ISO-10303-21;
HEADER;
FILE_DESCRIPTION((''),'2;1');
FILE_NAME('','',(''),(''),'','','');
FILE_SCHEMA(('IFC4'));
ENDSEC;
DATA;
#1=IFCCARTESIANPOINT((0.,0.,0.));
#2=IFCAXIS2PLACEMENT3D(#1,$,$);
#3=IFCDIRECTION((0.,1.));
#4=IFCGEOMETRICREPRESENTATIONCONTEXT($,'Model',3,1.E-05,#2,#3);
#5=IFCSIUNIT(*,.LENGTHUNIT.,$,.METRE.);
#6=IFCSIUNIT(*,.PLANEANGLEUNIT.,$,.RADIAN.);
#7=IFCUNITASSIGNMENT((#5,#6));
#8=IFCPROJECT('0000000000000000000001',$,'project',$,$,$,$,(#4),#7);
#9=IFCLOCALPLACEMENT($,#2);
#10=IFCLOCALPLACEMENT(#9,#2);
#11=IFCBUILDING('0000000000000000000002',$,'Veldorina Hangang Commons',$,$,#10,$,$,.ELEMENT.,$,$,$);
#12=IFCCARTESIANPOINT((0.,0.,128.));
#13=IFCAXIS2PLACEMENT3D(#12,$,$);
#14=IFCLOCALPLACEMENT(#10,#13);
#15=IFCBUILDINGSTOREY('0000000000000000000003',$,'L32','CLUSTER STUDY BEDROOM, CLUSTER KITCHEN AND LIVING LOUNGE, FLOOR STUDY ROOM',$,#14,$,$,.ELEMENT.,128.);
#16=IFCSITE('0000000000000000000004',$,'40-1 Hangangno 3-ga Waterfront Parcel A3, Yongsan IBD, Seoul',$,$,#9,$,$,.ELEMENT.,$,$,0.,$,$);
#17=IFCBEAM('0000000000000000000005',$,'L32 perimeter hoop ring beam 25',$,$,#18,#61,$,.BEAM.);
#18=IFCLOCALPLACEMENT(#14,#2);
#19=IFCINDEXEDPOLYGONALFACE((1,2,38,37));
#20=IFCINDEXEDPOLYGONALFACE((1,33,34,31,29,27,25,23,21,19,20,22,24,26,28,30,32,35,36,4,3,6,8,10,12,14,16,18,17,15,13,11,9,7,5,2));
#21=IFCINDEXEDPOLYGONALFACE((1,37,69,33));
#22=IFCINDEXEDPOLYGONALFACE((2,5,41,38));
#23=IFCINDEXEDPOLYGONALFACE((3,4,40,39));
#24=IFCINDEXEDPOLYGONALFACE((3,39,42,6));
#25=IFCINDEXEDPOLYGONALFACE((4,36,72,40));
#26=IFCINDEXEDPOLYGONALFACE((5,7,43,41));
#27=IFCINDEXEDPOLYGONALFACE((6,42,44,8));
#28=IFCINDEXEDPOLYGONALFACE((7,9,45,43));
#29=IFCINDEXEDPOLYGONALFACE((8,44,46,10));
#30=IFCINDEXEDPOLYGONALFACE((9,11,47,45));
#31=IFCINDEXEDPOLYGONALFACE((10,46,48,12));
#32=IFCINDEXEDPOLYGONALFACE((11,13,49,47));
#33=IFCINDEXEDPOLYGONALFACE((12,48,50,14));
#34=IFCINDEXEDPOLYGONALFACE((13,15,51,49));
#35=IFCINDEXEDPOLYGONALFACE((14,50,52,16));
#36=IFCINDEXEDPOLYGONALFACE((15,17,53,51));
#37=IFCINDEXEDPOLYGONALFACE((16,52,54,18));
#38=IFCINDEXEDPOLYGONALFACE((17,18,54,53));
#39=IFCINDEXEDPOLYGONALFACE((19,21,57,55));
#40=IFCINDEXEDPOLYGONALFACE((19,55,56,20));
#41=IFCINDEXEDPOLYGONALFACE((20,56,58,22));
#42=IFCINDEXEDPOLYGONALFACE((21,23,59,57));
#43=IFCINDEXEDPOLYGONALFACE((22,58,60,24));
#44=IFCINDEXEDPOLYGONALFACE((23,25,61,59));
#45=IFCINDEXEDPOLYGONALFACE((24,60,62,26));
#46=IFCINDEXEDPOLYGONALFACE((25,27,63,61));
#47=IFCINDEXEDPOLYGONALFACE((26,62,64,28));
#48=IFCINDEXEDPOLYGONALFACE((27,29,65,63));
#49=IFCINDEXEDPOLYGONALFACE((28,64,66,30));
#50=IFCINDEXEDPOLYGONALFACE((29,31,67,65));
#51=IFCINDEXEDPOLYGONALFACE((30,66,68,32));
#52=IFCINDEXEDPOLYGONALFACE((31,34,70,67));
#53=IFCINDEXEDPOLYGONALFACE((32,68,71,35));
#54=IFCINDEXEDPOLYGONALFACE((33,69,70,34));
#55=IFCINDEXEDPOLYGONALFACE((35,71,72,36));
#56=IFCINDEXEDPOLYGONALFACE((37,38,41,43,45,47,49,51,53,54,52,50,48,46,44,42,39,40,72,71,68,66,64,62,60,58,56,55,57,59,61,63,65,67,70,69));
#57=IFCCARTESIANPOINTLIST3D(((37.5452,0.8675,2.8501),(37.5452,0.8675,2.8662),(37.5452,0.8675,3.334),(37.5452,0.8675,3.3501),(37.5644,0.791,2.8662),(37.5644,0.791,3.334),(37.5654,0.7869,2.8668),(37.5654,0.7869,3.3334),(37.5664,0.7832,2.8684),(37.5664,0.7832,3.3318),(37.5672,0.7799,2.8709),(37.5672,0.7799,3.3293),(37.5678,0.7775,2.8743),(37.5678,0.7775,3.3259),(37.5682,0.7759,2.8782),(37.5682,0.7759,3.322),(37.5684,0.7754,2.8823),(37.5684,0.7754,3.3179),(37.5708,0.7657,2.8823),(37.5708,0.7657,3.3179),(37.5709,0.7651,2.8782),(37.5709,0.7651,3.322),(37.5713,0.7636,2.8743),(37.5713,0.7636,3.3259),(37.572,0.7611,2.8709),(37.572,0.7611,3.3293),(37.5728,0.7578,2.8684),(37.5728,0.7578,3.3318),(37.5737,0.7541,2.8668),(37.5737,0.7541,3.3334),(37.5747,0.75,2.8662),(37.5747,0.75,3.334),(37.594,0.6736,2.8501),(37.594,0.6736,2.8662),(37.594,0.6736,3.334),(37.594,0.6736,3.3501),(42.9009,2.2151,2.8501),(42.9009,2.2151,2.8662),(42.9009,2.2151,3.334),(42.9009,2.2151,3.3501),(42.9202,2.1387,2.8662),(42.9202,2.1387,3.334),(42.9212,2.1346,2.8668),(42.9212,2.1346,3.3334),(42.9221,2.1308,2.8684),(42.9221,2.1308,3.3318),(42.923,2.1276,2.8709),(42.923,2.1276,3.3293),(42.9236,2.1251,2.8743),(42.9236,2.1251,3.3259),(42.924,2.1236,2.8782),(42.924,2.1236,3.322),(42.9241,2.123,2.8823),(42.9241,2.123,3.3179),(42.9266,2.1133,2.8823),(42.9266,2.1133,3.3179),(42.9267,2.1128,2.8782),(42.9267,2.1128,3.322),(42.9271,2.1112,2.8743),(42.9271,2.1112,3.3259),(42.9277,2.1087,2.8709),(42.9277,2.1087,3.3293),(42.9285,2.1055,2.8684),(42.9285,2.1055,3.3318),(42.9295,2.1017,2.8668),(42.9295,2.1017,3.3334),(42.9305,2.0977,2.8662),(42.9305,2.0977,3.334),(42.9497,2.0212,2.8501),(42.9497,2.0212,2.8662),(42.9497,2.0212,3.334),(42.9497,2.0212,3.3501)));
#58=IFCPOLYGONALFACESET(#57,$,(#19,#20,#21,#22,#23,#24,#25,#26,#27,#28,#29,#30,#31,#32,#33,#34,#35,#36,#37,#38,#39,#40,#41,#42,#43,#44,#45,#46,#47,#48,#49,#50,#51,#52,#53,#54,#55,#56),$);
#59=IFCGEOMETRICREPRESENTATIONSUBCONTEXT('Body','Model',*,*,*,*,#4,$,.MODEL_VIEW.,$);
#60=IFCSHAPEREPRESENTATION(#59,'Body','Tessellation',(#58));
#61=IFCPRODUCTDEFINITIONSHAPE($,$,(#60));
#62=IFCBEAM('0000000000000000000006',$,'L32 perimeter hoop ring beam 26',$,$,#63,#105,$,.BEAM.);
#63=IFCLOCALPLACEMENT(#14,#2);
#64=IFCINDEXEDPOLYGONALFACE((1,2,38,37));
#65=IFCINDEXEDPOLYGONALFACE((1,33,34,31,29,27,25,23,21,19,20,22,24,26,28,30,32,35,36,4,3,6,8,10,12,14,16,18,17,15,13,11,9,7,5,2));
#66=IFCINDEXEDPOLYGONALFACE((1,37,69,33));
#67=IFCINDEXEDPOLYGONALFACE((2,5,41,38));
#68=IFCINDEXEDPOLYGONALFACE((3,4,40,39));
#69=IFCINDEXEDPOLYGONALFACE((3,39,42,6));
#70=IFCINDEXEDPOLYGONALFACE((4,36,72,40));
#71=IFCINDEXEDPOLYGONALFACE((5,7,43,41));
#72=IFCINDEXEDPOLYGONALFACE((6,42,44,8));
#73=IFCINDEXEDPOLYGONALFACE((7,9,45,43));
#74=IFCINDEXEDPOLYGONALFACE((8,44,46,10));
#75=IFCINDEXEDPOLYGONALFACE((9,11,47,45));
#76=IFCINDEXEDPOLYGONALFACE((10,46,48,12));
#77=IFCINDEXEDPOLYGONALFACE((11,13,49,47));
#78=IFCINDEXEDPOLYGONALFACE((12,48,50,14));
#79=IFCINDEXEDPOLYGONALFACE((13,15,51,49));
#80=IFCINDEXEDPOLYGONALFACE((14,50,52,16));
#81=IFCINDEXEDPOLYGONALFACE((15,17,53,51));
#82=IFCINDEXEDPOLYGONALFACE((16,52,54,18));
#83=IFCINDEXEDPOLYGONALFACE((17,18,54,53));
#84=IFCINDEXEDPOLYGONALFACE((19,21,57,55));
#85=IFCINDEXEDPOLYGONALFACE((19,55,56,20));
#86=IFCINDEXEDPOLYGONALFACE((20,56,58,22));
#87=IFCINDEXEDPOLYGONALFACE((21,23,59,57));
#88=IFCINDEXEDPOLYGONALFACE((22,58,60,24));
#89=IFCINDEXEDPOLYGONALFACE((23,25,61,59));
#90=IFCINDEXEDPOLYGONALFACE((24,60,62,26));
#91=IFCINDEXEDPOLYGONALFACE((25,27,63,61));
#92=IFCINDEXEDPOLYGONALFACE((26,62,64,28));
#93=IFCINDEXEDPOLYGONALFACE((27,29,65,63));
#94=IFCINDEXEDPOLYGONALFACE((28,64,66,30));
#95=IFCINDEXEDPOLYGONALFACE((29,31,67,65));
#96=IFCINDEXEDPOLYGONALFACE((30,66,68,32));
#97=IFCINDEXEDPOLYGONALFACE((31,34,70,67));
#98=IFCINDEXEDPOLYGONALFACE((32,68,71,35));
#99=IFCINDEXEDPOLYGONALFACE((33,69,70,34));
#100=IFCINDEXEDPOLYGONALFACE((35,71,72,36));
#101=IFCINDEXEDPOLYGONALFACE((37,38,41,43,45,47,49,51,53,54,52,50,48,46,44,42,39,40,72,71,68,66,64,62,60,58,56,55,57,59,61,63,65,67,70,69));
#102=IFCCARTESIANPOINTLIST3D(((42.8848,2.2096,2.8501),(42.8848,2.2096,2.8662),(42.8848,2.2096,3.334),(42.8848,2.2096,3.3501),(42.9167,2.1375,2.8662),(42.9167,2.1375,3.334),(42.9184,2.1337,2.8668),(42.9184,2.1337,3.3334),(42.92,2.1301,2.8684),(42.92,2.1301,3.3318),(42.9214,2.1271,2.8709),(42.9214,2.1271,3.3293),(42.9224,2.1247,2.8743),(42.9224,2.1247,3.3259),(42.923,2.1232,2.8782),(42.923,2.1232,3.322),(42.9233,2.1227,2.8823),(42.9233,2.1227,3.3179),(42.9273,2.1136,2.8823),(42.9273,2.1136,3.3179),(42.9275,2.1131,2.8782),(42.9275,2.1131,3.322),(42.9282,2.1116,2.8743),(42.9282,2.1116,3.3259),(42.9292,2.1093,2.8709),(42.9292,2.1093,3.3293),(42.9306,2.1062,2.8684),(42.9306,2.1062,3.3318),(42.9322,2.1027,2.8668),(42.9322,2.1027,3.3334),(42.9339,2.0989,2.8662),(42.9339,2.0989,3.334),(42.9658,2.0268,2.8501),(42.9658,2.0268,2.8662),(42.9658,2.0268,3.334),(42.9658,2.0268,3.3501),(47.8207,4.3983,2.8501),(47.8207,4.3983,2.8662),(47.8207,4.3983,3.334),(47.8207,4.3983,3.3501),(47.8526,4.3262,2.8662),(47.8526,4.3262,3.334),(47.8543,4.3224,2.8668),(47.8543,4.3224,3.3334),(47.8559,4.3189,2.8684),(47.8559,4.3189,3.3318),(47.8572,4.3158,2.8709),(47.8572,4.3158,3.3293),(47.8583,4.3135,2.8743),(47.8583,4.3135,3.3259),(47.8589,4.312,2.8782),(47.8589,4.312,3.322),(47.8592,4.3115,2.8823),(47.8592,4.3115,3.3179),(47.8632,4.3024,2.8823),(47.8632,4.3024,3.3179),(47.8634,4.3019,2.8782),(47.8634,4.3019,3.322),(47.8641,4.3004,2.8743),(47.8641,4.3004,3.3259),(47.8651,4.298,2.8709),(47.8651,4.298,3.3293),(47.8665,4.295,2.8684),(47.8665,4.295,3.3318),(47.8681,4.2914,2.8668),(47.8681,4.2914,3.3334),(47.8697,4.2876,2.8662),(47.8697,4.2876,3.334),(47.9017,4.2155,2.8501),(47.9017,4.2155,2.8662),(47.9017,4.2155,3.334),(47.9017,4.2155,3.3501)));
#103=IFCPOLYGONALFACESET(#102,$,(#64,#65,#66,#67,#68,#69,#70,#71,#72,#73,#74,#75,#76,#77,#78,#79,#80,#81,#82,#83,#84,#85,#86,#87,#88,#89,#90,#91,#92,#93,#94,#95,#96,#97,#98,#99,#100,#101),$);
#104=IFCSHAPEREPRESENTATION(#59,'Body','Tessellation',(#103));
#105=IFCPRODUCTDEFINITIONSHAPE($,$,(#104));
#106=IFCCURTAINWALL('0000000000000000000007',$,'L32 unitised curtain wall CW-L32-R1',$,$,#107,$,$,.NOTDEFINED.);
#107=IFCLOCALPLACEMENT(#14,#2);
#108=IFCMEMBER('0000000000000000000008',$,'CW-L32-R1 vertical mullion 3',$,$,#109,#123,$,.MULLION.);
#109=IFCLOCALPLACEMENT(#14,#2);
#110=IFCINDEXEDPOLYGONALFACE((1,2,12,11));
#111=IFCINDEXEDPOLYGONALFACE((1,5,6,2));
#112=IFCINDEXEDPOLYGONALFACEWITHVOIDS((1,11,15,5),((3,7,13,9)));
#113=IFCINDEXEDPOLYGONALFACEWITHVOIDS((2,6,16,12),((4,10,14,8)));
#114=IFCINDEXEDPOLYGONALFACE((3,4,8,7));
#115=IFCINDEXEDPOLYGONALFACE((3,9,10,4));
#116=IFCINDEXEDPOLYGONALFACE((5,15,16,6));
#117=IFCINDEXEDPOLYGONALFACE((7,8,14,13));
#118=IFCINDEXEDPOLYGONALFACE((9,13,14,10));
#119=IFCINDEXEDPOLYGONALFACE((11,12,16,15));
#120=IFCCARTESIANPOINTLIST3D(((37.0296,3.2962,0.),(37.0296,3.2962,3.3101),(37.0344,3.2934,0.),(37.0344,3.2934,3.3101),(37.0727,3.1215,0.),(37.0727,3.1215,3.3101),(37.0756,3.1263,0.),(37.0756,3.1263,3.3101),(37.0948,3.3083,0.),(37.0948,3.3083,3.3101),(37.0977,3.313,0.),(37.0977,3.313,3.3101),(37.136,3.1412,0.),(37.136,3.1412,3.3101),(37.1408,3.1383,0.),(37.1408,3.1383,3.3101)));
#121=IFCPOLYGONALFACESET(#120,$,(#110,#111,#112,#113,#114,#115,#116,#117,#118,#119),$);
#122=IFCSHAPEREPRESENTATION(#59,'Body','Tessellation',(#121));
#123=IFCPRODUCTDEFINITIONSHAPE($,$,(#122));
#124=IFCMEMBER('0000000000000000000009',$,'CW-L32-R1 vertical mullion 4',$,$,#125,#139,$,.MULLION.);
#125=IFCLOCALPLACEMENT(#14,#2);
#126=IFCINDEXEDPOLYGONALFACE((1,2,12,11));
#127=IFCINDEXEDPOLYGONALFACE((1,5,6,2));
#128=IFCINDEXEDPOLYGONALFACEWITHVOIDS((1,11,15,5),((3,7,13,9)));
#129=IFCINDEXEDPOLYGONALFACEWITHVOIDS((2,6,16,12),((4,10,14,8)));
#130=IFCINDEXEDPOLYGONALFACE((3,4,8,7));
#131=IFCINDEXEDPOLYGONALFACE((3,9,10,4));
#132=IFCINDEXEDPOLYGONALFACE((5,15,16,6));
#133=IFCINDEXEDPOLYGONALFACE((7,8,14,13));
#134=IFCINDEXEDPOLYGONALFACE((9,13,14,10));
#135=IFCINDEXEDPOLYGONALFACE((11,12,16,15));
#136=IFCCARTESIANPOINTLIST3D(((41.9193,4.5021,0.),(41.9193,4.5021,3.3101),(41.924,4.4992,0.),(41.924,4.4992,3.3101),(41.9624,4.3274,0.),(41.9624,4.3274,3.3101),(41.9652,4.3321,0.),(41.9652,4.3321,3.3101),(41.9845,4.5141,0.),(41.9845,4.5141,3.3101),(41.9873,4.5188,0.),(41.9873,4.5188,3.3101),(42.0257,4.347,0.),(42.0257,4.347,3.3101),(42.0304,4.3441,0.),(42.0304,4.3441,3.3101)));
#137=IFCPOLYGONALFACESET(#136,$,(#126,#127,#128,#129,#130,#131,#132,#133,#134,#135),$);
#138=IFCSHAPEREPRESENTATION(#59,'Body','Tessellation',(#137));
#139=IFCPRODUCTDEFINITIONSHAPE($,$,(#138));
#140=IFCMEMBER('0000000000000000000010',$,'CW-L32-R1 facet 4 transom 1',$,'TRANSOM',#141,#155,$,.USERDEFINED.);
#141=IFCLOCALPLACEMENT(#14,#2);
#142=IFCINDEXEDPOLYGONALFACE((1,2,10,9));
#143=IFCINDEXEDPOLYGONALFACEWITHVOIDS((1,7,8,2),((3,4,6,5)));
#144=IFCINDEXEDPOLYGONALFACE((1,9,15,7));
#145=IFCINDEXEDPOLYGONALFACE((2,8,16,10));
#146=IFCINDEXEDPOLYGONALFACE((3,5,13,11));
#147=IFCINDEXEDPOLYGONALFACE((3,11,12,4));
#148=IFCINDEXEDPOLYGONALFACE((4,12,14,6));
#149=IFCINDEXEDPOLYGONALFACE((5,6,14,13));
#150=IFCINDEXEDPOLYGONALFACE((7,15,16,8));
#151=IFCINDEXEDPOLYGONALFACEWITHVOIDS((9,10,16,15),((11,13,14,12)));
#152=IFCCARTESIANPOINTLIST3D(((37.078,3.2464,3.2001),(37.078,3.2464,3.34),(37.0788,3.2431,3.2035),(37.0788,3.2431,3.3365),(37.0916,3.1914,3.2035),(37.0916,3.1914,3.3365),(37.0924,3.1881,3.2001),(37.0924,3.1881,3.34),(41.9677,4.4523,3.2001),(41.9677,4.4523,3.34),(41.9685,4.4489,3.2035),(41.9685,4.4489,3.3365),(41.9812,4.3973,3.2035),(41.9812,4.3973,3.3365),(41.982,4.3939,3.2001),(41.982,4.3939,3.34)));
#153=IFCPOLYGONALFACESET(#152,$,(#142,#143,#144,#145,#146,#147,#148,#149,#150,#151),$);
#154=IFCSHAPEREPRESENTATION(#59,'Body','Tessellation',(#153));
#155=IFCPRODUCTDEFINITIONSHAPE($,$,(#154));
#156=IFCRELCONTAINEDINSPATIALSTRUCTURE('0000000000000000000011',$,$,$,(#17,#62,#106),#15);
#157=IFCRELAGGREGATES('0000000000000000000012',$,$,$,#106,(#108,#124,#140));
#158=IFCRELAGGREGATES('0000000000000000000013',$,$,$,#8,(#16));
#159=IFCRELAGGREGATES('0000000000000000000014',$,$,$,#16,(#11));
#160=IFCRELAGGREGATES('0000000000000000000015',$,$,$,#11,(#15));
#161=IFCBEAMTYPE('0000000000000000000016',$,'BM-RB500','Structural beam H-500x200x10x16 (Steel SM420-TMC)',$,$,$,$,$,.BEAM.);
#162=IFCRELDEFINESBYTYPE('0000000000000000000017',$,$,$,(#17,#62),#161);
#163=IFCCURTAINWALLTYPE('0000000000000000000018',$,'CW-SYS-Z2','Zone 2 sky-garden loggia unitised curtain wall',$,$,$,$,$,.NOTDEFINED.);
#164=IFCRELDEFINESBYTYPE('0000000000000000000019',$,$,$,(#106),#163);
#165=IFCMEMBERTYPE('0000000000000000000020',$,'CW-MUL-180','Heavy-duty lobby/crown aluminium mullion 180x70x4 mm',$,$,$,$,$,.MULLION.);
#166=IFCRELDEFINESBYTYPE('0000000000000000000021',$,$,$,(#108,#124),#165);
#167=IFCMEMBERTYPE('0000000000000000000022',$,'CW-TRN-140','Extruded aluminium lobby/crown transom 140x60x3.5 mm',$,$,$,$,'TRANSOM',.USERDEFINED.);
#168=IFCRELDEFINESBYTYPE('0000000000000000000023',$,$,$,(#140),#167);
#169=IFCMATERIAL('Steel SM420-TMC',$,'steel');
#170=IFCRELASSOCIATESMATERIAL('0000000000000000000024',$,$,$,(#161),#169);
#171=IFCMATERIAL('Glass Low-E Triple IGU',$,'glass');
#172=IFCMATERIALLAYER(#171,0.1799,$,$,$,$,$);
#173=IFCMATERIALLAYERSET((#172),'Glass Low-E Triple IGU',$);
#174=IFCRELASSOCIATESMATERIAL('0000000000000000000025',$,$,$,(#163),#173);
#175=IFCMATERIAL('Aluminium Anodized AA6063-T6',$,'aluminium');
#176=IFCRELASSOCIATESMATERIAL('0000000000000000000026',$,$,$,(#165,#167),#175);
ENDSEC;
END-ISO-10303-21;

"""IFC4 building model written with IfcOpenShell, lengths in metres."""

from ifc_helpers import new_model, si_unit, direction, frame, origin, origin_2d, place, context, subcontext, project, spatial, hollow_rectangle, i_section, extrude, material, layer, layer_set, material_profile, profile_set, type_object, element, aggregate, save


model = new_model("IFC4")

# Units and contexts
model_context = context("Model", 3, precision=1e-05, world=origin(), true_north=direction((0.0, 1.0)))
body_context = subcontext(model_context, "Body", "Model", "MODEL_VIEW")
ifc_project = project(units=[si_unit("LENGTHUNIT", "METRE"), si_unit("PLANEANGLEUNIT", "RADIAN")], contexts=[model_context])

# Site, building, storey
site_placement = place(None, origin())
site = spatial("IfcSite", under=ifc_project, at=site_placement, Name="40-1 Hangangno 3-ga Waterfront Parcel A3, Yongsan IBD, Seoul", CompositionType="ELEMENT", RefElevation=0.0)
building_placement = place(site_placement, origin())
building = spatial("IfcBuilding", under=site, at=building_placement, Name="Veldorina Hangang Commons", CompositionType="ELEMENT")
storey_placement = place(building_placement, frame((0.0, 0.0, 128.0)))
storey = spatial("IfcBuildingStorey", under=building, at=storey_placement, Name="L32", Description="CLUSTER STUDY BEDROOM, CLUSTER KITCHEN AND LIVING LOUNGE, FLOOR STUDY ROOM", CompositionType="ELEMENT", Elevation=128.0)

# Beams
ifc_material_1 = material(Name="Steel SM420-TMC", Category="steel")
ifc_material_profile_1 = material_profile(ifc_material_1, i_section(OverallWidth=0.2, OverallDepth=0.5, WebThickness=0.01, FlangeThickness=0.0161, FilletRadius=0.0161, at=origin_2d()), Name="H-500x200x10x16")
ifc_profile_set_1 = profile_set([ifc_material_profile_1], Name="Steel SM420-TMC")
beam_type = type_object("IfcBeamType", Name="BM-RB500", Description="Structural beam H-500x200x10x16 (Steel SM420-TMC)", PredefinedType="BEAM", material=ifc_profile_set_1)
beam_1_placement = place(storey_placement, frame((37.5696, 0.7705, 3.1001), z_axis=(0.96977, 0.244023, 0.0), x_axis=(-0.244023, 0.96977, 0.0)))
element("IfcBeam", 1, at=beam_1_placement, inside=storey, type_object=beam_type, Name="L32 perimeter hoop ring beam 25", PredefinedType="BEAM", context=body_context, shape_type="SweptSolid", body=[
    extrude(i_section(OverallWidth=0.2, OverallDepth=0.5, WebThickness=0.01, FlangeThickness=0.0161, FilletRadius=0.0161, at=origin_2d()), origin(), (0.0, 0.0, 1.0), 5.5227),
])
beam_2_placement = place(storey_placement, frame((42.9253, 2.1182, 3.1001), z_axis=(0.914152, 0.405371, 0.0), x_axis=(-0.405371, 0.914152, 0.0)))
element("IfcBeam", 2, at=beam_2_placement, inside=storey, type_object=beam_type, Name="L32 perimeter hoop ring beam 26", PredefinedType="BEAM", context=body_context, shape_type="SweptSolid", body=[
    extrude(i_section(OverallWidth=0.2, OverallDepth=0.5, WebThickness=0.01, FlangeThickness=0.0161, FilletRadius=0.0161, at=origin_2d()), origin(), (0.0, 0.0, 1.0), 5.3994),
])

# Curtain wall, members
ifc_material_2 = material(Name="Glass Low-E Triple IGU", Category="glass")
ifc_layer_1 = layer(ifc_material_2, 0.1799)
ifc_layer_set_1 = layer_set([ifc_layer_1], Name="Glass Low-E Triple IGU")
curtain_wall_type = type_object("IfcCurtainWallType", Name="CW-SYS-Z2", Description="Zone 2 sky-garden loggia unitised curtain wall", PredefinedType="NOTDEFINED", material=ifc_layer_set_1)
curtain_wall_placement = place(storey_placement, origin())
curtain_wall = element("IfcCurtainWall", 3, at=curtain_wall_placement, inside=storey, type_object=curtain_wall_type, Name="L32 unitised curtain wall CW-L32-R1", PredefinedType="NOTDEFINED")
ifc_material_3 = material(Name="Aluminium Anodized AA6063-T6", Category="aluminium")
ifc_material_profile_2 = material_profile(ifc_material_3, hollow_rectangle(XDim=0.0701, YDim=0.1799, WallThickness=0.0039, at=origin_2d()), Name="ALU-RHS-180x70x4")
ifc_profile_set_2 = profile_set([ifc_material_profile_2], Name="Aluminium Anodized AA6063-T6")
member_type_1 = type_object("IfcMemberType", Name="CW-MUL-180", Description="Heavy-duty lobby/crown aluminium mullion 180x70x4 mm", PredefinedType="MULLION", material=ifc_profile_set_2)
member_1_placement = place(storey_placement, frame((37.0852, 3.2173, 0.0), z_axis=(0.0, 0.0, 1.0), x_axis=(0.970913, 0.239432, 0.0)))
member_1 = element("IfcMember", 4, at=member_1_placement, type_object=member_type_1, Name="CW-L32-R1 vertical mullion 3", PredefinedType="MULLION", context=body_context, shape_type="SweptSolid", body=[
    extrude(hollow_rectangle(XDim=0.0701, YDim=0.1799, WallThickness=0.0039, at=origin_2d()), origin(), (0.0, 0.0, 1.0), 3.3101),
])
member_2_placement = place(storey_placement, frame((41.9749, 4.4231, 0.0), z_axis=(0.0, 0.0, 1.0), x_axis=(-0.970913, -0.239432, 0.0)))
member_2 = element("IfcMember", 5, at=member_2_placement, type_object=member_type_1, Name="CW-L32-R1 vertical mullion 4", PredefinedType="MULLION", context=body_context, shape_type="SweptSolid", body=[
    extrude(hollow_rectangle(XDim=0.0701, YDim=0.1799, WallThickness=0.0039, at=origin_2d()), origin(), (0.0, 0.0, 1.0), 3.3101),
])
ifc_material_profile_3 = material_profile(ifc_material_3, hollow_rectangle(XDim=0.0601, YDim=0.1399, WallThickness=0.0034, at=origin_2d()), Name="ALU-RHS-140x60x3.5")
ifc_profile_set_3 = profile_set([ifc_material_profile_3], Name="Aluminium Anodized AA6063-T6")
member_type_2 = type_object("IfcMemberType", Name="CW-TRN-140", Description="Extruded aluminium lobby/crown transom 140x60x3.5 mm", ElementType="TRANSOM", PredefinedType="USERDEFINED", material=ifc_profile_set_3)
member_3_placement = place(storey_placement, frame((37.0852, 3.2173, 3.27), z_axis=(0.970913, 0.239432, 0.0), x_axis=(-0.239432, 0.970913, 0.0)))
member_3 = element("IfcMember", 6, at=member_3_placement, type_object=member_type_2, Name="CW-L32-R1 facet 4 transom 1", ObjectType="TRANSOM", PredefinedType="USERDEFINED", context=body_context, shape_type="SweptSolid", body=[
    extrude(hollow_rectangle(XDim=0.0601, YDim=0.1399, WallThickness=0.0034, at=origin_2d()), origin(), (0.0, 0.0, 1.0), 5.0361),
])

aggregate(curtain_wall, [member_1, member_2, member_3])

save(model, "model.ifc")
